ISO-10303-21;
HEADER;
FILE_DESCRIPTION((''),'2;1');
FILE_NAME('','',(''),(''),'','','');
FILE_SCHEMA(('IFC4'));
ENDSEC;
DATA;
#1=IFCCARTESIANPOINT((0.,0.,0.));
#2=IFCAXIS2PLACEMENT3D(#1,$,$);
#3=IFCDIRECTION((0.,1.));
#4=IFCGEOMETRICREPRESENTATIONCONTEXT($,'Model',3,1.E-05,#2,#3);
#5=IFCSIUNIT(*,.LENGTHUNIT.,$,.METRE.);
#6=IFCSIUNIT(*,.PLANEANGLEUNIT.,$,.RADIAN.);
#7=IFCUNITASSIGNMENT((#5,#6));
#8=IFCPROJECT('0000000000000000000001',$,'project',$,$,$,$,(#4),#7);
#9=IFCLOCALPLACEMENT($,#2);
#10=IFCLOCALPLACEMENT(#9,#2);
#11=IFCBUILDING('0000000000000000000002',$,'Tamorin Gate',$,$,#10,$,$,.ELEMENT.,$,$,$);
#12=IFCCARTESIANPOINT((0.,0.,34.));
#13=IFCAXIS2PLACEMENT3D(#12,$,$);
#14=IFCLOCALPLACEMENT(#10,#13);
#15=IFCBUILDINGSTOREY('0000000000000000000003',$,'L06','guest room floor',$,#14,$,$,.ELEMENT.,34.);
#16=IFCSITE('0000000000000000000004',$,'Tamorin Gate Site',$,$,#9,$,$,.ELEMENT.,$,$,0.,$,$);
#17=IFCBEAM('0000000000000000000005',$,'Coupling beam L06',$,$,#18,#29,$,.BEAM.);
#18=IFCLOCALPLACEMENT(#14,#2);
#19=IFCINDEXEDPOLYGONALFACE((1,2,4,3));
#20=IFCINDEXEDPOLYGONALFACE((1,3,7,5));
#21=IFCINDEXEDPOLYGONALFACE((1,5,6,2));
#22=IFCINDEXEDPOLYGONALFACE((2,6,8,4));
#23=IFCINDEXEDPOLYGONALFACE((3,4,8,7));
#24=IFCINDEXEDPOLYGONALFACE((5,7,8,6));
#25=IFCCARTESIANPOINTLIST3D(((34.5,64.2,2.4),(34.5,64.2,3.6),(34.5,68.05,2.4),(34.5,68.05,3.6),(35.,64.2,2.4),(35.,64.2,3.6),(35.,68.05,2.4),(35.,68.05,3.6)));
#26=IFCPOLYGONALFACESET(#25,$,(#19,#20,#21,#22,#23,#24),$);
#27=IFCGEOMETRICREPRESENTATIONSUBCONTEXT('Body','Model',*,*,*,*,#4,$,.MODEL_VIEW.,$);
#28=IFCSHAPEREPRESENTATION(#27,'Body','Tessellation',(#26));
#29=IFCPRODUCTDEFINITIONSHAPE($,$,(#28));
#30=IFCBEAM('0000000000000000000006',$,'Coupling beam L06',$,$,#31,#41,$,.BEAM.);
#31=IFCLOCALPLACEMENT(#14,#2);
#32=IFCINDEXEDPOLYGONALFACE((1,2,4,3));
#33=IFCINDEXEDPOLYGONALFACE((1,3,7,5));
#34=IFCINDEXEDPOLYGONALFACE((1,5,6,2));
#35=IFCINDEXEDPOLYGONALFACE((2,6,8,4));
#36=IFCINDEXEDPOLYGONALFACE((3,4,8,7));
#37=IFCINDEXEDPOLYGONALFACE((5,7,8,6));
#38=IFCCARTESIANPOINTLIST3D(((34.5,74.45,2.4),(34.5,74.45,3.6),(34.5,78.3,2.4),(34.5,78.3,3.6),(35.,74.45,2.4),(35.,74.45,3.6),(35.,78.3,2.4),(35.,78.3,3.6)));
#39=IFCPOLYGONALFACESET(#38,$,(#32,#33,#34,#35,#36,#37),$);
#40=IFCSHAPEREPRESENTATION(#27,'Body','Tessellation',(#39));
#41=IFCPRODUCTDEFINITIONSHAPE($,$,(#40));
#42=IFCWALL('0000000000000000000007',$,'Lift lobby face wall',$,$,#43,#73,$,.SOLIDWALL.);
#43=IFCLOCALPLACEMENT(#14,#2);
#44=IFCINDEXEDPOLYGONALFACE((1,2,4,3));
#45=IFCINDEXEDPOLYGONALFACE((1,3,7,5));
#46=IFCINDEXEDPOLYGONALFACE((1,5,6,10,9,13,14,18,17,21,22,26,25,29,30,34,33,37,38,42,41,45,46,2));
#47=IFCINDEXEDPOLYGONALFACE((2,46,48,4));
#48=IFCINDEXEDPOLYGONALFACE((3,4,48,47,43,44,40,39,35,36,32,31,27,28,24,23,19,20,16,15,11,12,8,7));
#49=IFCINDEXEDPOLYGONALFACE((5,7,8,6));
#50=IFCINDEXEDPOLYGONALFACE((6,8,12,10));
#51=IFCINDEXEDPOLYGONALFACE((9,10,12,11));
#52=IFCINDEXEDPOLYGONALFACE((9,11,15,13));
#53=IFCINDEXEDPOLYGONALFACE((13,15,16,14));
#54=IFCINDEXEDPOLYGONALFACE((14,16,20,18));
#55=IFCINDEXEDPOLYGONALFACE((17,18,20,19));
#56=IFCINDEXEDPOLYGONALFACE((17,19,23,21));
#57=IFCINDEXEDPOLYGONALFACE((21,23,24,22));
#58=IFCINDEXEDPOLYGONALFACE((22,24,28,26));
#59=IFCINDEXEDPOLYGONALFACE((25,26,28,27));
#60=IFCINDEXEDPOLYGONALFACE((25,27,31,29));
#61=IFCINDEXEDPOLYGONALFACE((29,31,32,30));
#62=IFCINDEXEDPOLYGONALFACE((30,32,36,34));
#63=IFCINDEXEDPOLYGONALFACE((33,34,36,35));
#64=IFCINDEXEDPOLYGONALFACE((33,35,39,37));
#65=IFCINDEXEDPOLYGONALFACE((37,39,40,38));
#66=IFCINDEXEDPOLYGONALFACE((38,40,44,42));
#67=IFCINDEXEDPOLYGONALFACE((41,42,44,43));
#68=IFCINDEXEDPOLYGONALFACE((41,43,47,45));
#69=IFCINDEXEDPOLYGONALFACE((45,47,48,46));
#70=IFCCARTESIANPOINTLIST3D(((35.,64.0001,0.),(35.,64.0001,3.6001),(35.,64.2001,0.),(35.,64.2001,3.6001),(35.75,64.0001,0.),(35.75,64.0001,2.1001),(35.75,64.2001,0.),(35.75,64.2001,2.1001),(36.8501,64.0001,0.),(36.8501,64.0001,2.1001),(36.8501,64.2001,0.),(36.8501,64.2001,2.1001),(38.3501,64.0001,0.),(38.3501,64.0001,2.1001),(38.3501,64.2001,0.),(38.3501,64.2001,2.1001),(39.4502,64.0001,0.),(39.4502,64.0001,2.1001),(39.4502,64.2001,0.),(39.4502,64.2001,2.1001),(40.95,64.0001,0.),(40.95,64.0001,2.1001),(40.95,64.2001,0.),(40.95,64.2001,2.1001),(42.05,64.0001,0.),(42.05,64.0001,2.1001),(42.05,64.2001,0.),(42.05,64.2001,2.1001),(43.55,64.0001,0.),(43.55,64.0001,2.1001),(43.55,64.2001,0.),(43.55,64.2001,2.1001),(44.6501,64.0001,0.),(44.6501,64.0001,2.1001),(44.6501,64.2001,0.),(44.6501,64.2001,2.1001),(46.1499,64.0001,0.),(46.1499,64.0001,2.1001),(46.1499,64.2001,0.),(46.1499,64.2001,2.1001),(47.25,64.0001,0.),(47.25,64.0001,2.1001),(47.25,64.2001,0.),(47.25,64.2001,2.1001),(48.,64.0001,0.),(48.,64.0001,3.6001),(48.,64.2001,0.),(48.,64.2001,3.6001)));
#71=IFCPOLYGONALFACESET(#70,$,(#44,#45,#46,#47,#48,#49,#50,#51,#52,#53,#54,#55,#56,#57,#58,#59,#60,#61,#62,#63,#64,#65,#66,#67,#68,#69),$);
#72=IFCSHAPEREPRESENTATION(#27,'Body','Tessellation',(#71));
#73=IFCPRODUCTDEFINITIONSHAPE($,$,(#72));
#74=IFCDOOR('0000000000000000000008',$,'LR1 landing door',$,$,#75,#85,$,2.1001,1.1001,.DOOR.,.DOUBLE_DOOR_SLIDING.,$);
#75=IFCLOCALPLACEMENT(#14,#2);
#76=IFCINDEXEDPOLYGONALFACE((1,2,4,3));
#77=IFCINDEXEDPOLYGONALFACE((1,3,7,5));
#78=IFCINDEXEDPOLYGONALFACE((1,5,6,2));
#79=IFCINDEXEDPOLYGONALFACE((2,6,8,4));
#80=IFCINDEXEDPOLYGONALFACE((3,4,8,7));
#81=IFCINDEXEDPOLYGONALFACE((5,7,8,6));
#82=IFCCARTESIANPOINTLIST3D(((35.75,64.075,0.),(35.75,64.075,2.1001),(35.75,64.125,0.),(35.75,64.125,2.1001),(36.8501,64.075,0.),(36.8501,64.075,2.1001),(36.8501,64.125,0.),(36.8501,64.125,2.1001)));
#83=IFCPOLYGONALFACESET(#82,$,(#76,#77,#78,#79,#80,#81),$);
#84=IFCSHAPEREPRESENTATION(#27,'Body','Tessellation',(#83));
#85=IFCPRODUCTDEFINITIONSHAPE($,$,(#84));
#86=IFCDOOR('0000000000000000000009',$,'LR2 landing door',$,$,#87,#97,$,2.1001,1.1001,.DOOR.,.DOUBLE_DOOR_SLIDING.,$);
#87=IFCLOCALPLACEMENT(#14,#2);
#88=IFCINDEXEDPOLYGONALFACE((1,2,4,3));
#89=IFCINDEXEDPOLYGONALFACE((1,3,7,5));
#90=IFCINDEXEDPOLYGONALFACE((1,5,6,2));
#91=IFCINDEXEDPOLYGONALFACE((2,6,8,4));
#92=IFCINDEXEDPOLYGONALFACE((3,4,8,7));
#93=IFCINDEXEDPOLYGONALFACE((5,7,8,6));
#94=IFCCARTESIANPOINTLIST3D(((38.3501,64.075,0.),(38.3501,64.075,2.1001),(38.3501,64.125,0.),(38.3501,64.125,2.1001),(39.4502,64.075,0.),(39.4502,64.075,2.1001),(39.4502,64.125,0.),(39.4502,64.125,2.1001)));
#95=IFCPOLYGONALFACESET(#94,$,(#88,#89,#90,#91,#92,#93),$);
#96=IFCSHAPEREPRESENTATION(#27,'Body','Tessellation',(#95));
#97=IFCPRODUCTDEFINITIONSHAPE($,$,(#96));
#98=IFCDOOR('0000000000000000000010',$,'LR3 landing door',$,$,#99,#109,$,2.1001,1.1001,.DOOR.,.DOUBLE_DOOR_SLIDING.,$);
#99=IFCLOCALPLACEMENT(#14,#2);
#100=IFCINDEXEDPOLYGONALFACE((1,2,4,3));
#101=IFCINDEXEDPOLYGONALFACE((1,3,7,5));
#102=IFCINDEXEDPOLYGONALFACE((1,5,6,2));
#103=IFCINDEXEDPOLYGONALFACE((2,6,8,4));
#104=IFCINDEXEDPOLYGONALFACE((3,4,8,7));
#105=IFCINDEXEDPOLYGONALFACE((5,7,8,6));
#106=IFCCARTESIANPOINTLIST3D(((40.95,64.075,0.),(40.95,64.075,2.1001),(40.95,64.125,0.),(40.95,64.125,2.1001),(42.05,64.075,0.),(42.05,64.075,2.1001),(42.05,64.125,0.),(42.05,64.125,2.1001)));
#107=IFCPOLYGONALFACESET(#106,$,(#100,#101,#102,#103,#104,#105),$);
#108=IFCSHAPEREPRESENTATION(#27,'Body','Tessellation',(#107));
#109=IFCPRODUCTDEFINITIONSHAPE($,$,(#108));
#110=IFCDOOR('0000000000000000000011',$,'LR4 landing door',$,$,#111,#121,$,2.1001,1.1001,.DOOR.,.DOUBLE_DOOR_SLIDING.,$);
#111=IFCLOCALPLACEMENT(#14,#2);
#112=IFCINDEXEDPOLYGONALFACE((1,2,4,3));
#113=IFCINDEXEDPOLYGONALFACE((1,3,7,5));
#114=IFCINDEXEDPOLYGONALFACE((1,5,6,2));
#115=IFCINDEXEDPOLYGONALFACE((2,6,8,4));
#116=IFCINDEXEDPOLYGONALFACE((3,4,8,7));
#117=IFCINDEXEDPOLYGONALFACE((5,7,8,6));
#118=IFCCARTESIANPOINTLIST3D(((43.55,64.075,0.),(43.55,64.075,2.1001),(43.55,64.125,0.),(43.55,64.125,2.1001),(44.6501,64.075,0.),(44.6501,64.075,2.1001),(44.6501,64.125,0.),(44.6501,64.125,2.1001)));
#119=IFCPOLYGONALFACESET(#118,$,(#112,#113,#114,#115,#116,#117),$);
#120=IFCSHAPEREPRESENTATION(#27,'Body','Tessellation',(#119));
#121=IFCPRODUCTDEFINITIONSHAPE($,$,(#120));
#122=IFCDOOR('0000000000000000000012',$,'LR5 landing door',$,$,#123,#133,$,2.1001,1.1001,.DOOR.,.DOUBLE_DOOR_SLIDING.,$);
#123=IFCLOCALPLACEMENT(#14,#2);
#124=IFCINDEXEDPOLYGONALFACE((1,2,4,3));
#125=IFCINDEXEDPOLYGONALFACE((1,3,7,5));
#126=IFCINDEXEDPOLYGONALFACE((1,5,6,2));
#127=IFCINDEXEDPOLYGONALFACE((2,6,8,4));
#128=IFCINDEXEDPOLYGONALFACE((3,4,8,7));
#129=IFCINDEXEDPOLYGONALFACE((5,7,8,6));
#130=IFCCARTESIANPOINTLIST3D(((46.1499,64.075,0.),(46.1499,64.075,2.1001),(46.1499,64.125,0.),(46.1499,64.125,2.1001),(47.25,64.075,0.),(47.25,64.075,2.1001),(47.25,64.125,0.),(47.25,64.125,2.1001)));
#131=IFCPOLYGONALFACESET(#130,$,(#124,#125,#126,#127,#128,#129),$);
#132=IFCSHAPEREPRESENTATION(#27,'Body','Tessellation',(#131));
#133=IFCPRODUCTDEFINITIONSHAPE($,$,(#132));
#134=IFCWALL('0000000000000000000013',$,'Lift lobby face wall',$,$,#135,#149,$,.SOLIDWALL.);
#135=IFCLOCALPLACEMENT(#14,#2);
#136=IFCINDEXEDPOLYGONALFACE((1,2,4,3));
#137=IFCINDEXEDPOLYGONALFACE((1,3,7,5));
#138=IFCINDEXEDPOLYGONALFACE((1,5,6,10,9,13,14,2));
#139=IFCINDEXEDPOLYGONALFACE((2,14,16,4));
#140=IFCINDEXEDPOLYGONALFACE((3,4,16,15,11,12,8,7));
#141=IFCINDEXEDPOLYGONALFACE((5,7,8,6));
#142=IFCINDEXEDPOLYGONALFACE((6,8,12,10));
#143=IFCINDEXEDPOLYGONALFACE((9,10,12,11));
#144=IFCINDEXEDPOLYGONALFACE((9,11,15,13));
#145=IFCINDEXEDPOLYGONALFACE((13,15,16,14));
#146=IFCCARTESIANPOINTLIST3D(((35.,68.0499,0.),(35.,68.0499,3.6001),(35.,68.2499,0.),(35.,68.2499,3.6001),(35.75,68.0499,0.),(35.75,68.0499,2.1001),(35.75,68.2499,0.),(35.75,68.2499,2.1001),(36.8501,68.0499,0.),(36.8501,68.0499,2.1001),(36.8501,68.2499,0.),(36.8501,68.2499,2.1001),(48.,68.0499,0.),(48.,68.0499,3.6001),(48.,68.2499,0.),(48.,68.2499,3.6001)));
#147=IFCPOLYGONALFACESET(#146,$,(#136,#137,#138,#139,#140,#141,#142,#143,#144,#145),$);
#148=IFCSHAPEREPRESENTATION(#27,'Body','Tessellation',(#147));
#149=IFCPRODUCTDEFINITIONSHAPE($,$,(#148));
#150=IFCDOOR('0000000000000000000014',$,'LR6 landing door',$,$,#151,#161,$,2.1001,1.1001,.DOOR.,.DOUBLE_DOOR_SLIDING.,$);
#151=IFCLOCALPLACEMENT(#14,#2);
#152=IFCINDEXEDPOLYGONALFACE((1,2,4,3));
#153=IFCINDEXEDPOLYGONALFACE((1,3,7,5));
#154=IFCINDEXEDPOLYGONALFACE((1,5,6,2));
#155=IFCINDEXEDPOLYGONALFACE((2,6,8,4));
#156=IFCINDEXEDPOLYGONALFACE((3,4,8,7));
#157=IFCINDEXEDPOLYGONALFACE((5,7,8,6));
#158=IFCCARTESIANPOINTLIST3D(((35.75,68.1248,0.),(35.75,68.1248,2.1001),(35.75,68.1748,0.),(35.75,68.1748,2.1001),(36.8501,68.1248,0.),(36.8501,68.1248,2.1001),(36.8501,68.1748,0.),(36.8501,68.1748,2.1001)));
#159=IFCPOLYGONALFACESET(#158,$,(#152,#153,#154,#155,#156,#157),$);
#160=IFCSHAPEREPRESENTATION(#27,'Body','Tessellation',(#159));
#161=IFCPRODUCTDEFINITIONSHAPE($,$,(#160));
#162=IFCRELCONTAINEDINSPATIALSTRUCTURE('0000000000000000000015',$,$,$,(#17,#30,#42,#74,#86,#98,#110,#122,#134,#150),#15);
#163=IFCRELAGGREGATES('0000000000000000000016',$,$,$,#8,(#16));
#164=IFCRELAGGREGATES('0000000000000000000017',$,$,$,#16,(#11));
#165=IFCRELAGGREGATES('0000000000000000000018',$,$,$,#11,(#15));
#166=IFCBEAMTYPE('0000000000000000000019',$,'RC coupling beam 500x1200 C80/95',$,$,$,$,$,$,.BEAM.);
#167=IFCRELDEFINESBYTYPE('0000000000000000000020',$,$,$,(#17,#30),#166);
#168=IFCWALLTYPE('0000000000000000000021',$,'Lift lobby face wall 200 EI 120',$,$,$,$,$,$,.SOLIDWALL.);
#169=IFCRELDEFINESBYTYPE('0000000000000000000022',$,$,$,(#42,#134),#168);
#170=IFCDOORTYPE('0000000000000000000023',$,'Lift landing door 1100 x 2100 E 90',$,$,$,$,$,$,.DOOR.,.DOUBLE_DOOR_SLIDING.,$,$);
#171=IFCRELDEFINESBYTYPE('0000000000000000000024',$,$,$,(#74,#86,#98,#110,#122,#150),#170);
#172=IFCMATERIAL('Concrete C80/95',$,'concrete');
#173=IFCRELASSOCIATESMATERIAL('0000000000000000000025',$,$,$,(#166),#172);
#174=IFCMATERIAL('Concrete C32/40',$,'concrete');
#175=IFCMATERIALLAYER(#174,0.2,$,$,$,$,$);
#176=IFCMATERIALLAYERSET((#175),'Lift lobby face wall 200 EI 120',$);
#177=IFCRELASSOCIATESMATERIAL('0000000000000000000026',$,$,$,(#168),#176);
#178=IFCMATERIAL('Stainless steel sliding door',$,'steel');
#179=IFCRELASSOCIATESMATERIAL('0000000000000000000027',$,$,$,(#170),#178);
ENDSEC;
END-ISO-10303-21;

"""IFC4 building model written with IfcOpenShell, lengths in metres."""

from ifc_helpers import new_model, si_unit, direction, frame, frame_2d, origin, origin_2d, place, context, subcontext, project, spatial, rectangle, extrude, material, layer, layer_set, material_profile, profile_set, type_object, element, fill, save


model = new_model("IFC4")

# Units and contexts
model_context = context("Model", 3, precision=1e-05, world=origin(), true_north=direction((0.0, 1.0)))
body_context = subcontext(model_context, "Body", "Model", "MODEL_VIEW")
ifc_project = project(units=[si_unit("LENGTHUNIT", "METRE"), si_unit("PLANEANGLEUNIT", "RADIAN")], contexts=[model_context])

# Site, building, storey
site_placement = place(None, origin())
site = spatial("IfcSite", under=ifc_project, at=site_placement, Name="Tamorin Gate Site", CompositionType="ELEMENT", RefElevation=0.0)
building_placement = place(site_placement, origin())
building = spatial("IfcBuilding", under=site, at=building_placement, Name="Tamorin Gate", CompositionType="ELEMENT")
storey_placement = place(building_placement, frame((0.0, 0.0, 34.0)))
storey = spatial("IfcBuildingStorey", under=building, at=storey_placement, Name="L06", Description="guest room floor", CompositionType="ELEMENT", Elevation=34.0)

# Beams
ifc_material_1 = material(Name="Concrete C80/95", Category="concrete")
ifc_material_profile = material_profile(ifc_material_1, rectangle(XDim=0.5, YDim=1.2, at=origin_2d()), Name="RC 500x1200")
ifc_profile_set = profile_set([ifc_material_profile], Name="Concrete C80/95")
beam_type = type_object("IfcBeamType", Name="RC coupling beam 500x1200 C80/95", PredefinedType="BEAM", material=ifc_profile_set)
for number, where, z_axis, x_axis, name in (
    (1, (34.75, 64.2, 3.0), (0.0, 1.0, 0.0), (-1.0, 0.0, 0.0), "Coupling beam L06"),
    (2, (34.75, 74.45, 3.0), (0.0, 1.0, 0.0), (-1.0, 0.0, 0.0), "Coupling beam L06"),
):
    element("IfcBeam", number, at=place(storey_placement, frame(where, z_axis=z_axis, x_axis=x_axis)), inside=storey, type_object=beam_type, Name=name, PredefinedType="BEAM", context=body_context, shape_type="SweptSolid", body=[
        extrude(rectangle(XDim=0.5, YDim=1.2, at=origin_2d()), origin(), (0.0, 0.0, 1.0), 3.8501),
    ])

# Wall, openings, doors
ifc_material_2 = material(Name="Concrete C32/40", Category="concrete")
ifc_layer_1 = layer(ifc_material_2, 0.2)
ifc_layer_set_1 = layer_set([ifc_layer_1], Name="Lift lobby face wall 200 EI 120")
wall_type_1 = type_object("IfcWallType", Name="Lift lobby face wall 200 EI 120", PredefinedType="SOLIDWALL", material=ifc_layer_set_1)
wall_1_placement = place(storey_placement, frame((35.0, 64.1001, 0.0), z_axis=(0.0, 0.0, 1.0), x_axis=(1.0, 0.0, 0.0)))
wall_1 = element("IfcWall", 3, at=wall_1_placement, inside=storey, type_object=wall_type_1, Name="Lift lobby face wall", PredefinedType="SOLIDWALL", context=body_context, shape_type="SweptSolid", body=[
    extrude(rectangle(XDim=13.0, YDim=0.2, at=frame_2d((6.5, 0.0))), origin(), (0.0, 0.0, 1.0), 3.6001),
])
opening_1_placement = place(wall_1_placement, frame((0.75, 0.0, 0.0)))
opening_1 = element("IfcOpeningElement", 4, at=opening_1_placement, cuts=wall_1, PredefinedType="OPENING", context=body_context, shape_type="SweptSolid", body=[
    extrude(rectangle(XDim=1.1001, YDim=2.1001, at=frame_2d((0.55, 1.05))), frame((0.0, 0.1099, 0.0), z_axis=(0.0, -1.0, 0.0), x_axis=(1.0, 0.0, 0.0)), (0.0, 0.0, 1.0), 0.22),
])
opening_2_placement = place(wall_1_placement, frame((3.3501, 0.0, 0.0)))
opening_2 = element("IfcOpeningElement", 5, at=opening_2_placement, cuts=wall_1, PredefinedType="OPENING", context=body_context, shape_type="SweptSolid", body=[
    extrude(rectangle(XDim=1.1001, YDim=2.1001, at=frame_2d((0.55, 1.05))), frame((0.0, 0.1099, 0.0), z_axis=(0.0, -1.0, 0.0), x_axis=(1.0, 0.0, 0.0)), (0.0, 0.0, 1.0), 0.22),
])
opening_3_placement = place(wall_1_placement, frame((5.95, 0.0, 0.0)))
opening_3 = element("IfcOpeningElement", 6, at=opening_3_placement, cuts=wall_1, PredefinedType="OPENING", context=body_context, shape_type="SweptSolid", body=[
    extrude(rectangle(XDim=1.1001, YDim=2.1001, at=frame_2d((0.55, 1.05))), frame((0.0, 0.1099, 0.0), z_axis=(0.0, -1.0, 0.0), x_axis=(1.0, 0.0, 0.0)), (0.0, 0.0, 1.0), 0.22),
])
opening_4_placement = place(wall_1_placement, frame((8.55, 0.0, 0.0)))
opening_4 = element("IfcOpeningElement", 7, at=opening_4_placement, cuts=wall_1, PredefinedType="OPENING", context=body_context, shape_type="SweptSolid", body=[
    extrude(rectangle(XDim=1.1001, YDim=2.1001, at=frame_2d((0.55, 1.05))), frame((0.0, 0.1099, 0.0), z_axis=(0.0, -1.0, 0.0), x_axis=(1.0, 0.0, 0.0)), (0.0, 0.0, 1.0), 0.22),
])
opening_5_placement = place(wall_1_placement, frame((11.1499, 0.0, 0.0)))
opening_5 = element("IfcOpeningElement", 8, at=opening_5_placement, cuts=wall_1, PredefinedType="OPENING", context=body_context, shape_type="SweptSolid", body=[
    extrude(rectangle(XDim=1.1001, YDim=2.1001, at=frame_2d((0.55, 1.05))), frame((0.0, 0.1099, 0.0), z_axis=(0.0, -1.0, 0.0), x_axis=(1.0, 0.0, 0.0)), (0.0, 0.0, 1.0), 0.22),
])
ifc_material_3 = material(Name="Stainless steel sliding door", Category="steel")
door_type_1 = type_object("IfcDoorType", Name="Lift landing door 1100 x 2100 E 90", OperationType="DOUBLE_DOOR_SLIDING", PredefinedType="DOOR", material=ifc_material_3)
door_1_placement = place(opening_1_placement, origin())
door_1 = element("IfcDoor", 9, at=door_1_placement, inside=storey, type_object=door_type_1, Name="LR1 landing door", OperationType="DOUBLE_DOOR_SLIDING", OverallHeight=2.1001, OverallWidth=1.1001, PredefinedType="DOOR", context=body_context, shape_type="SweptSolid", body=[
    extrude(rectangle(XDim=1.1001, YDim=2.1001, at=frame_2d((0.55, 1.05))), frame((0.0, 0.0249, 0.0), z_axis=(0.0, -1.0, 0.0), x_axis=(1.0, 0.0, 0.0)), (0.0, 0.0, 1.0), 0.05),
])
fill(opening_1, door_1)
door_2_placement = place(opening_2_placement, origin())
door_2 = element("IfcDoor", 10, at=door_2_placement, inside=storey, type_object=door_type_1, Name="LR2 landing door", OperationType="DOUBLE_DOOR_SLIDING", OverallHeight=2.1001, OverallWidth=1.1001, PredefinedType="DOOR", context=body_context, shape_type="SweptSolid", body=[
    extrude(rectangle(XDim=1.1001, YDim=2.1001, at=frame_2d((0.55, 1.05))), frame((0.0, 0.0249, 0.0), z_axis=(0.0, -1.0, 0.0), x_axis=(1.0, 0.0, 0.0)), (0.0, 0.0, 1.0), 0.05),
])
fill(opening_2, door_2)
door_3_placement = place(opening_3_placement, origin())
door_3 = element("IfcDoor", 11, at=door_3_placement, inside=storey, type_object=door_type_1, Name="LR3 landing door", OperationType="DOUBLE_DOOR_SLIDING", OverallHeight=2.1001, OverallWidth=1.1001, PredefinedType="DOOR", context=body_context, shape_type="SweptSolid", body=[
    extrude(rectangle(XDim=1.1001, YDim=2.1001, at=frame_2d((0.55, 1.05))), frame((0.0, 0.0249, 0.0), z_axis=(0.0, -1.0, 0.0), x_axis=(1.0, 0.0, 0.0)), (0.0, 0.0, 1.0), 0.05),
])
fill(opening_3, door_3)
door_4_placement = place(opening_4_placement, origin())
door_4 = element("IfcDoor", 12, at=door_4_placement, inside=storey, type_object=door_type_1, Name="LR4 landing door", OperationType="DOUBLE_DOOR_SLIDING", OverallHeight=2.1001, OverallWidth=1.1001, PredefinedType="DOOR", context=body_context, shape_type="SweptSolid", body=[
    extrude(rectangle(XDim=1.1001, YDim=2.1001, at=frame_2d((0.55, 1.05))), frame((0.0, 0.0249, 0.0), z_axis=(0.0, -1.0, 0.0), x_axis=(1.0, 0.0, 0.0)), (0.0, 0.0, 1.0), 0.05),
])
fill(opening_4, door_4)
door_5_placement = place(opening_5_placement, origin())
door_5 = element("IfcDoor", 13, at=door_5_placement, inside=storey, type_object=door_type_1, Name="LR5 landing door", OperationType="DOUBLE_DOOR_SLIDING", OverallHeight=2.1001, OverallWidth=1.1001, PredefinedType="DOOR", context=body_context, shape_type="SweptSolid", body=[
    extrude(rectangle(XDim=1.1001, YDim=2.1001, at=frame_2d((0.55, 1.05))), frame((0.0, 0.0249, 0.0), z_axis=(0.0, -1.0, 0.0), x_axis=(1.0, 0.0, 0.0)), (0.0, 0.0, 1.0), 0.05),
])
fill(opening_5, door_5)

# Wall, opening, door
wall_2_placement = place(storey_placement, frame((35.0, 68.1499, 0.0), z_axis=(0.0, 0.0, 1.0), x_axis=(1.0, 0.0, 0.0)))
wall_2 = element("IfcWall", 14, at=wall_2_placement, inside=storey, type_object=wall_type_1, Name="Lift lobby face wall", PredefinedType="SOLIDWALL", context=body_context, shape_type="SweptSolid", body=[
    extrude(rectangle(XDim=13.0, YDim=0.2, at=frame_2d((6.5, 0.0))), origin(), (0.0, 0.0, 1.0), 3.6001),
])
opening_6_placement = place(wall_2_placement, frame((0.75, 0.0, 0.0)))
opening_6 = element("IfcOpeningElement", 15, at=opening_6_placement, cuts=wall_2, PredefinedType="OPENING", context=body_context, shape_type="SweptSolid", body=[
    extrude(rectangle(XDim=1.1001, YDim=2.1001, at=frame_2d((0.55, 1.05))), frame((0.0, 0.1099, 0.0), z_axis=(0.0, -1.0, 0.0), x_axis=(1.0, 0.0, 0.0)), (0.0, 0.0, 1.0), 0.22),
])
door_6_placement = place(opening_6_placement, origin())
door_6 = element("IfcDoor", 16, at=door_6_placement, inside=storey, type_object=door_type_1, Name="LR6 landing door", OperationType="DOUBLE_DOOR_SLIDING", OverallHeight=2.1001, OverallWidth=1.1001, PredefinedType="DOOR", context=body_context, shape_type="SweptSolid", body=[
    extrude(rectangle(XDim=1.1001, YDim=2.1001, at=frame_2d((0.55, 1.05))), frame((0.0, 0.0249, 0.0), z_axis=(0.0, -1.0, 0.0), x_axis=(1.0, 0.0, 0.0)), (0.0, 0.0, 1.0), 0.05),
])
fill(opening_6, door_6)

save(model, "model.ifc")
